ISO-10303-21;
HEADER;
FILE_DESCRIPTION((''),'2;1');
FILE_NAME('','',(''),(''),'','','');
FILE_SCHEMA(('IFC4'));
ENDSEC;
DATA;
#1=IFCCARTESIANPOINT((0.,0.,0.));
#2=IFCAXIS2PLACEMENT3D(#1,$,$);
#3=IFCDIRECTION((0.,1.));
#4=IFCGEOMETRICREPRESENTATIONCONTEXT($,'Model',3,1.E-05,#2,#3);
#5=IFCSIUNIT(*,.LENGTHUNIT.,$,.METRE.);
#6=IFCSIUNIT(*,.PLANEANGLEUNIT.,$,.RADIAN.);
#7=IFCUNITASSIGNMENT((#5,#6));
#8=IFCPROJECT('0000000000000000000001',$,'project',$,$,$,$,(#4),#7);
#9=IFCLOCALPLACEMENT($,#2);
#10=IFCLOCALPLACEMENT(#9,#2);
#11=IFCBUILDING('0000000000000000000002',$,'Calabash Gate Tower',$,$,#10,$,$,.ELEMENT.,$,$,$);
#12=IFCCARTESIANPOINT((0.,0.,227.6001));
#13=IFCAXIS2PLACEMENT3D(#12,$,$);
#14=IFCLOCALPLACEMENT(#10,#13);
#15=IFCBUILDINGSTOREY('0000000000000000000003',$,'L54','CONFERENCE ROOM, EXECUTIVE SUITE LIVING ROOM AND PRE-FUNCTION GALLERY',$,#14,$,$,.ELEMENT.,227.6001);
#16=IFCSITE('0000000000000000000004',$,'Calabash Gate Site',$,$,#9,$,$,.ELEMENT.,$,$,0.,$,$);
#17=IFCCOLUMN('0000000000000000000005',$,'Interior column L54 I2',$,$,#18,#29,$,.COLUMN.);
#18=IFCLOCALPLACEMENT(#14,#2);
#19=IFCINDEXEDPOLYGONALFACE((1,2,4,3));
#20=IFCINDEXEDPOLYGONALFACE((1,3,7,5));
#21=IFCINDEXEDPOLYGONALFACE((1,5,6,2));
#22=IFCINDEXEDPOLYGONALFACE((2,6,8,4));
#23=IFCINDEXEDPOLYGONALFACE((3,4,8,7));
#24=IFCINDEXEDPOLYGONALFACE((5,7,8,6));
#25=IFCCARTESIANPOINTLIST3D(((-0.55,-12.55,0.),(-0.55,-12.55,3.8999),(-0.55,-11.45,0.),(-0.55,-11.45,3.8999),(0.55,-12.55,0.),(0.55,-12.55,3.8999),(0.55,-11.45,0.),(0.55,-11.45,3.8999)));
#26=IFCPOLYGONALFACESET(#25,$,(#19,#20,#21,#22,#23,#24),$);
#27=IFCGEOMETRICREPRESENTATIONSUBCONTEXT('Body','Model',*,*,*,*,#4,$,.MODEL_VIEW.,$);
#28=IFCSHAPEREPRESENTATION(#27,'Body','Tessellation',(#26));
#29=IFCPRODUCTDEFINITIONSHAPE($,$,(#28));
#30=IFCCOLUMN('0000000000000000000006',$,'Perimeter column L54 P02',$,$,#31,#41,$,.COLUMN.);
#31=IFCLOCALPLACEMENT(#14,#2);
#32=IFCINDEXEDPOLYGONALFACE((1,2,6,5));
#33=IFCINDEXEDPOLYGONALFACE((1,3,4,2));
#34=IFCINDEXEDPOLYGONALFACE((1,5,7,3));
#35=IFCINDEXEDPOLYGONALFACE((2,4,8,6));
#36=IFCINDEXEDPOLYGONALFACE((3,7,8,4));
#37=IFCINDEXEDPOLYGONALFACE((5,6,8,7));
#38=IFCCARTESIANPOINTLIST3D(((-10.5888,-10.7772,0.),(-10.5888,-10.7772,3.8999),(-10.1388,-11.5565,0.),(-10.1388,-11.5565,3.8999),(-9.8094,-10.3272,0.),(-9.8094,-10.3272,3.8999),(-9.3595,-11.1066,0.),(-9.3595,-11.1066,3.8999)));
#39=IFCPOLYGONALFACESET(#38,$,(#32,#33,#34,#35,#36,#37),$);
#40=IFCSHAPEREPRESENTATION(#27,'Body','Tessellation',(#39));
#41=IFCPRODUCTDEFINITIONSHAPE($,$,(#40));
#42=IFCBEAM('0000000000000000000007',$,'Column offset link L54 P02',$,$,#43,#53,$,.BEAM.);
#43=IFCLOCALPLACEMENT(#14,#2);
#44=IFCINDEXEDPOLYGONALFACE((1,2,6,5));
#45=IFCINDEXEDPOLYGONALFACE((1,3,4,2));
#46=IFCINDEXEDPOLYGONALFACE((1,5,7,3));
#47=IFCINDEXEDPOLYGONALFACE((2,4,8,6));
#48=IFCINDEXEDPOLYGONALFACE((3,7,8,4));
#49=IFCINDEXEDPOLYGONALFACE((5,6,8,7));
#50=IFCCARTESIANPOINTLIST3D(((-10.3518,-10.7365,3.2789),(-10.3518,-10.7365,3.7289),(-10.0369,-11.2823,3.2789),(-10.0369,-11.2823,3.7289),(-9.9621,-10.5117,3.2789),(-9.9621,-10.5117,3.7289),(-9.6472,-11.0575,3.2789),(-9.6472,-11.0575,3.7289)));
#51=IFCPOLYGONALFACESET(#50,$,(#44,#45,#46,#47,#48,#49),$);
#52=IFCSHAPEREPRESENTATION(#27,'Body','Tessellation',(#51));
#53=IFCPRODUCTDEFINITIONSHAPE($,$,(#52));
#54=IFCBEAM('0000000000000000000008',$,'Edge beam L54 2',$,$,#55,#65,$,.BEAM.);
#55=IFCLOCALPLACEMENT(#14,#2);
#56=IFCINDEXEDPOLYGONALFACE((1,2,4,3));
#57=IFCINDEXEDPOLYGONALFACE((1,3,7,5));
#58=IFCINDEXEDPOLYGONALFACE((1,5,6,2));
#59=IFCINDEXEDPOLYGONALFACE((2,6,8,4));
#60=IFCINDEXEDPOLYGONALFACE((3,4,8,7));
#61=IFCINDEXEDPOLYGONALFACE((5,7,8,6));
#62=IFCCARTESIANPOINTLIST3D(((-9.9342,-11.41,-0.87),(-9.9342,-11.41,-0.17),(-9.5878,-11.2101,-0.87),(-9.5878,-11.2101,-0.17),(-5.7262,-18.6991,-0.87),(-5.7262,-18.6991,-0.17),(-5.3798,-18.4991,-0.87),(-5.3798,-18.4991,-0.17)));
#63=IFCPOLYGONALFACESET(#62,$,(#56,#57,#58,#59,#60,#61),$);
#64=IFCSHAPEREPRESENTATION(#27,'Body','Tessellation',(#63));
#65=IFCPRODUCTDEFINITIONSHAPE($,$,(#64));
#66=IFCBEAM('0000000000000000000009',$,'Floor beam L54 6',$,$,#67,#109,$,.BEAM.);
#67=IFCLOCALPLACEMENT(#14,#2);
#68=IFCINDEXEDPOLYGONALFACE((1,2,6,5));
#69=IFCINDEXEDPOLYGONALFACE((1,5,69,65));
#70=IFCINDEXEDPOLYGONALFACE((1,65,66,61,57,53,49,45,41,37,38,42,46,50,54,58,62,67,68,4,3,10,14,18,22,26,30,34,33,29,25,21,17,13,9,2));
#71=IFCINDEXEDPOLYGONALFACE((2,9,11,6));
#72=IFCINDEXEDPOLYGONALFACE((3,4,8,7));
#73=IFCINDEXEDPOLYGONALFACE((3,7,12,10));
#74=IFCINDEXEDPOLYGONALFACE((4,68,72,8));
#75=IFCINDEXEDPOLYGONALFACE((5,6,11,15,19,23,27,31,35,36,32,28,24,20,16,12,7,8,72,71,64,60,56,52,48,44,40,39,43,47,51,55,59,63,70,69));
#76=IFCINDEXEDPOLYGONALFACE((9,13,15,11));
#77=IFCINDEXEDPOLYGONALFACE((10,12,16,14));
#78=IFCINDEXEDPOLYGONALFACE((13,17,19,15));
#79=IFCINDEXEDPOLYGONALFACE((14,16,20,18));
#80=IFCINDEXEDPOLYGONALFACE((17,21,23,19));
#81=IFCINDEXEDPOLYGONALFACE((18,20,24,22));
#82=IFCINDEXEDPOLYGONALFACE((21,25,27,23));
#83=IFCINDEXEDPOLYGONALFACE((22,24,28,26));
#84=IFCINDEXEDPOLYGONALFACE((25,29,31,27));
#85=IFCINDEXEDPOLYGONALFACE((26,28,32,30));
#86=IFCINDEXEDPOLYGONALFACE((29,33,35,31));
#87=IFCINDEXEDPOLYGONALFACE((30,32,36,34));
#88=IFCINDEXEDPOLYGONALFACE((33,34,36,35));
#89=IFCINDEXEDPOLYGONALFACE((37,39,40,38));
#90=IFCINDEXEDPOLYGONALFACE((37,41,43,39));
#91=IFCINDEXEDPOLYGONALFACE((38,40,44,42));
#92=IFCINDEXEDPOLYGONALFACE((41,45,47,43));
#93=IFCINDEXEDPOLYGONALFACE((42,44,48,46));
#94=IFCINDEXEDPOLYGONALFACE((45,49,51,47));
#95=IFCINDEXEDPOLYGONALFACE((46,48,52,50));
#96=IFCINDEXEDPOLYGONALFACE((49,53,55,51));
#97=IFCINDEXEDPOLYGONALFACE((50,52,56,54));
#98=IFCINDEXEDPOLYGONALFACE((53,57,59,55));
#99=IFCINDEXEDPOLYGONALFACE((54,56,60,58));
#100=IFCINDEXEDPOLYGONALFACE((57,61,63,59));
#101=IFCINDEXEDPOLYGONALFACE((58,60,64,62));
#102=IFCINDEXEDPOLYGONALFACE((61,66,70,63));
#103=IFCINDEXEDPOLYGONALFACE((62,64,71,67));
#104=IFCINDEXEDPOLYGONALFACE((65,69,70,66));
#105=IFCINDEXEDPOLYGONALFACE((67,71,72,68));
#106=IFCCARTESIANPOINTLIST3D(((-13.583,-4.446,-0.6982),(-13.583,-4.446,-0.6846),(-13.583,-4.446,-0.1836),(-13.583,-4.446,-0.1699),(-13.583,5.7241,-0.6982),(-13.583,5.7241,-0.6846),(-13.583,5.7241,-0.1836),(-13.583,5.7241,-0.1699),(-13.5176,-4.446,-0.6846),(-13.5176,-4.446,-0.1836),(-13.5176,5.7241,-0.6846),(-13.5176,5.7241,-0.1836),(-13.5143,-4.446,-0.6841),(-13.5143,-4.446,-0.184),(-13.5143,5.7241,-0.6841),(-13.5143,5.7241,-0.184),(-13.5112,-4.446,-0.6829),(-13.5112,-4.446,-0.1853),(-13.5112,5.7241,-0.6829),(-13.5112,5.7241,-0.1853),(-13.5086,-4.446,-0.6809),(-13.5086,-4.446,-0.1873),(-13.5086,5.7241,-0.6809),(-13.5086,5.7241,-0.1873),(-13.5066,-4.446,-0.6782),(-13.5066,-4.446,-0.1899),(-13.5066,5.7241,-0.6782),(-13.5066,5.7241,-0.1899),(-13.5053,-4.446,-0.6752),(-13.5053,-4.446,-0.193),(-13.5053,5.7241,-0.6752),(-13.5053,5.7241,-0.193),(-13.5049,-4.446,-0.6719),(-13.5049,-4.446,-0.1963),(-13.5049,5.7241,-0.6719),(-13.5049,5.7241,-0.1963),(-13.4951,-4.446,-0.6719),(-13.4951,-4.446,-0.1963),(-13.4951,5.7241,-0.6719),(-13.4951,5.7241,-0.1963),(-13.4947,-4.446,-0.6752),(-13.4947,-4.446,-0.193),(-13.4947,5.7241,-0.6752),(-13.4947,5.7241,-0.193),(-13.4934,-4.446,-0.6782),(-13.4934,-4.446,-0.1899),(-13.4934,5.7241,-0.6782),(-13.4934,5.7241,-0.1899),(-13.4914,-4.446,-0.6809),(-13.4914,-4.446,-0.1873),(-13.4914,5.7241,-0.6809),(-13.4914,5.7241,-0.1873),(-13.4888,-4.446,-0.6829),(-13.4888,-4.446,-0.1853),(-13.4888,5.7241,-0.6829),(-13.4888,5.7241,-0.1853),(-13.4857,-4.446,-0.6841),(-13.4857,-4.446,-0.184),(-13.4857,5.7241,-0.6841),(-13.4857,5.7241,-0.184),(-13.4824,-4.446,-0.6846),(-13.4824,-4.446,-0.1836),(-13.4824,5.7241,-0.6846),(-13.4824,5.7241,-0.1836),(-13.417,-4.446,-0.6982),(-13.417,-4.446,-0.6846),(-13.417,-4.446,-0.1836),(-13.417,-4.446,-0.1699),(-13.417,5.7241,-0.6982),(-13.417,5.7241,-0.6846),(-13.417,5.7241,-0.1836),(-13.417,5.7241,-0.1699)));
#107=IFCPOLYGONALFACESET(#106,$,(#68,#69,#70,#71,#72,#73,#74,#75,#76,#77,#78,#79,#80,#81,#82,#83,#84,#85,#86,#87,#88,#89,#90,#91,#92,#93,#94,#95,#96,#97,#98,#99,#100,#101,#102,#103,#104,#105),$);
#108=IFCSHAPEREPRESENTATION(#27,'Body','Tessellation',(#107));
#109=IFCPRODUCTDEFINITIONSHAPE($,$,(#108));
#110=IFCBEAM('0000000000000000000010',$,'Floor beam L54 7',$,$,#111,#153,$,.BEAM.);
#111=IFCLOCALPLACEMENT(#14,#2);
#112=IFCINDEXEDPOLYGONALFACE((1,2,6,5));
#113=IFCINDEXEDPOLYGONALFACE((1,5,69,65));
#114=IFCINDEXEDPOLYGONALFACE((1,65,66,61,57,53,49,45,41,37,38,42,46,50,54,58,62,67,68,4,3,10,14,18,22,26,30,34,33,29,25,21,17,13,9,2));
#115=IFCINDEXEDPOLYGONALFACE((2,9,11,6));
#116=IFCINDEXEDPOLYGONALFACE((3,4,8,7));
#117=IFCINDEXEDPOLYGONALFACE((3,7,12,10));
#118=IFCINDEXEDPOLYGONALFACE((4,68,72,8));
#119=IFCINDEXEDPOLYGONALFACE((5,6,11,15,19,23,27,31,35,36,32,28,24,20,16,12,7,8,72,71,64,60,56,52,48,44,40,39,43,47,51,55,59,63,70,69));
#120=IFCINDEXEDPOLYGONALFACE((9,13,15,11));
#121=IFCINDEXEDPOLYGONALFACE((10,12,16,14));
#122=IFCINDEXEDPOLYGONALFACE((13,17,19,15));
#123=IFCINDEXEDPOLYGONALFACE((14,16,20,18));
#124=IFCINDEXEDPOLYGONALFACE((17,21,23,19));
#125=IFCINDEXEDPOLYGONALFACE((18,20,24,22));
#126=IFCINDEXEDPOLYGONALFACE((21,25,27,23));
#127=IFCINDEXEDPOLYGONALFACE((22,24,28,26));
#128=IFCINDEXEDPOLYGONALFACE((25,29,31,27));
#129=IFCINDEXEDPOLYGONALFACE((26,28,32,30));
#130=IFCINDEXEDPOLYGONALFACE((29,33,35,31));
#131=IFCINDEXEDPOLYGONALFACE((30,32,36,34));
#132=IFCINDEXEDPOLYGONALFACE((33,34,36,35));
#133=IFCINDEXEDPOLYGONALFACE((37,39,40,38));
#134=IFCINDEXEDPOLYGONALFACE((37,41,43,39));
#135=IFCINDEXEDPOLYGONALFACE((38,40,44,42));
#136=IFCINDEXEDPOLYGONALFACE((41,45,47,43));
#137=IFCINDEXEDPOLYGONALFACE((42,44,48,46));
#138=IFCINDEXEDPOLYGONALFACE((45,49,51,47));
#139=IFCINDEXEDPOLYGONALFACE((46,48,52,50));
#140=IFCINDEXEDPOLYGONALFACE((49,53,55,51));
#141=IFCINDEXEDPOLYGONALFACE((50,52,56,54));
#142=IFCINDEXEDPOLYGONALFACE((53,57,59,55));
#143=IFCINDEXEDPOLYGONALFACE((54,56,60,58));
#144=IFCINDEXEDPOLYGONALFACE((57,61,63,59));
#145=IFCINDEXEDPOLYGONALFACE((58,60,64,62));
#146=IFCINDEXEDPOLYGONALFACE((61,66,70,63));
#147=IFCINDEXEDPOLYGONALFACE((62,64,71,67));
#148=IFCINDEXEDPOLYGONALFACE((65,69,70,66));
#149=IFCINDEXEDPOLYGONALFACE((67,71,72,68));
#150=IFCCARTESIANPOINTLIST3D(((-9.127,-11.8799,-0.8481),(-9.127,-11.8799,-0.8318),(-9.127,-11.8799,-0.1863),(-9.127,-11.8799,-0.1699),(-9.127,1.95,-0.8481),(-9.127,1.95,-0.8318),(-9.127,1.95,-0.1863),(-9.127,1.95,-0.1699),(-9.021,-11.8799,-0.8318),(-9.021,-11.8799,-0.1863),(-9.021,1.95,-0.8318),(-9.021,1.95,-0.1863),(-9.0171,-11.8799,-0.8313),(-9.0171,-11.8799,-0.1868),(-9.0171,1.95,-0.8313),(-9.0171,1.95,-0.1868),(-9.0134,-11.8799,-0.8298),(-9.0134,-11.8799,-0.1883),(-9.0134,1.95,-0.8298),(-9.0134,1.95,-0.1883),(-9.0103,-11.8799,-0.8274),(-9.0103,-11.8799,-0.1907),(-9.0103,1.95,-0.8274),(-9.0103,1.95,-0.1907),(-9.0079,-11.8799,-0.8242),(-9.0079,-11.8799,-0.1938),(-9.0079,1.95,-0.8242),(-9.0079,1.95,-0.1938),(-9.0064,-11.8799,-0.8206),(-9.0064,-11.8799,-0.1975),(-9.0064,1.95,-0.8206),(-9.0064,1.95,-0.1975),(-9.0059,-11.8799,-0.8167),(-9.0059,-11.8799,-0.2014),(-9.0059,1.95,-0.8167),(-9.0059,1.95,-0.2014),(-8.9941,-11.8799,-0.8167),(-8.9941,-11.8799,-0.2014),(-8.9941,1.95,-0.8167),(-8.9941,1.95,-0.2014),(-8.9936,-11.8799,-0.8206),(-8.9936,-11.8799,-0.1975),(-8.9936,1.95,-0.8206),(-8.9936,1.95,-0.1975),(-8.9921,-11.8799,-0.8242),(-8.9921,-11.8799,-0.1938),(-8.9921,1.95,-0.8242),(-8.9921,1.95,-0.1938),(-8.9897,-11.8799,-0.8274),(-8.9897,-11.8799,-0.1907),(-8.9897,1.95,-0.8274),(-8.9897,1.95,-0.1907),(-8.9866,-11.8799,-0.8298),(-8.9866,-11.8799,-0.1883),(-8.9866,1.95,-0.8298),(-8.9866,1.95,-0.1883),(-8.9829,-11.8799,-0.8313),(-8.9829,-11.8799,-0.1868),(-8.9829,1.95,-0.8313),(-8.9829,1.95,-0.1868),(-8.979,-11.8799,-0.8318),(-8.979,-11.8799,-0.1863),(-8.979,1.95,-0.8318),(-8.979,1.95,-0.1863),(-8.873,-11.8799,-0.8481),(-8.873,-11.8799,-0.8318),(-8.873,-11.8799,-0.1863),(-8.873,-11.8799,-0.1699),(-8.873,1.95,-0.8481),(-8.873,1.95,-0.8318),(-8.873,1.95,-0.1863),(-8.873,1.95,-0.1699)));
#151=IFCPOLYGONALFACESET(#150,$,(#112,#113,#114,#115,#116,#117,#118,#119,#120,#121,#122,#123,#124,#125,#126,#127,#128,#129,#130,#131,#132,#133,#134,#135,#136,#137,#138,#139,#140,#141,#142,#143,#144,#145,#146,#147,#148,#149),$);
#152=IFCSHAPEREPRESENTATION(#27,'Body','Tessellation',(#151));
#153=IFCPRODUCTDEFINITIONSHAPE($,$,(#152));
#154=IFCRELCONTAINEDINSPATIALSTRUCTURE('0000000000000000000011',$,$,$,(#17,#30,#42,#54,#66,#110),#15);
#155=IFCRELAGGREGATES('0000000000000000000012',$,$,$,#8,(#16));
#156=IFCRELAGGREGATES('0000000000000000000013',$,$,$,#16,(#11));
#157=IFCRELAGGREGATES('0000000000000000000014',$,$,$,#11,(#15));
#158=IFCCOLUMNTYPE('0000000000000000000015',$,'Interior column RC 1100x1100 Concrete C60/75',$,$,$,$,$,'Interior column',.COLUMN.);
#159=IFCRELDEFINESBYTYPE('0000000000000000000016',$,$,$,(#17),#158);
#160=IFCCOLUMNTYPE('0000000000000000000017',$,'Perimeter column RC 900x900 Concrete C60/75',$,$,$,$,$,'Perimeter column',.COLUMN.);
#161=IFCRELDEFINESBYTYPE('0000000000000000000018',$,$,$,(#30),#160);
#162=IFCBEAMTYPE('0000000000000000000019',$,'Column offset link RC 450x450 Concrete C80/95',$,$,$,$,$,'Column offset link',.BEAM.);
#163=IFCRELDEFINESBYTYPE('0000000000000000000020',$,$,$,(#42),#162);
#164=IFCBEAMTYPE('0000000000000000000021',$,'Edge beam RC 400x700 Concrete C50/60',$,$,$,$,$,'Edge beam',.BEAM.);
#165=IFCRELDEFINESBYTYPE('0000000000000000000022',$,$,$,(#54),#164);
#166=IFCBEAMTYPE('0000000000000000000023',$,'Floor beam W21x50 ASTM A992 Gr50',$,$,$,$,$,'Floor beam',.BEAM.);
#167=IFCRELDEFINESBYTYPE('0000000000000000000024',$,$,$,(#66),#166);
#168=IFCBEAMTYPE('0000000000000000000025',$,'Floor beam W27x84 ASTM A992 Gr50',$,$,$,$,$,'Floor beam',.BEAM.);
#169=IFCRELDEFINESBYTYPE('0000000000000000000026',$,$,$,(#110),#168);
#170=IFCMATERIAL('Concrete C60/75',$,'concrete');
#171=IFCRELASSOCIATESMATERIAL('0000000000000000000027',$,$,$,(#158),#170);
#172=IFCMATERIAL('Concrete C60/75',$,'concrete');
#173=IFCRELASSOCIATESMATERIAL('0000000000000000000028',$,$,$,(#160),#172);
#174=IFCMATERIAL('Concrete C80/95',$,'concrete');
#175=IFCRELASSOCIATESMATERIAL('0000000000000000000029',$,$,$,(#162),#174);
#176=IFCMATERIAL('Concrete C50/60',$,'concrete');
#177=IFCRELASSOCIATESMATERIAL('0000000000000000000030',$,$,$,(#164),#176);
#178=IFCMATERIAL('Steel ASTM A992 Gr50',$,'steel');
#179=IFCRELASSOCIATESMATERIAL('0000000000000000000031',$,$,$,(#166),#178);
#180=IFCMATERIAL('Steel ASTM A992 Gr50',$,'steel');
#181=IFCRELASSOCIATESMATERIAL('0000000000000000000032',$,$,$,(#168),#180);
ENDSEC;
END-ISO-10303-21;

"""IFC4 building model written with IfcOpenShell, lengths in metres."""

from ifc_helpers import new_model, si_unit, direction, frame, origin, origin_2d, place, context, subcontext, project, spatial, rectangle, i_section, extrude, material, material_profile, profile_set, type_object, element, save


model = new_model("IFC4")

# Units and contexts
model_context = context("Model", 3, precision=1e-05, world=origin(), true_north=direction((0.0, 1.0)))
body_context = subcontext(model_context, "Body", "Model", "MODEL_VIEW")
ifc_project = project(units=[si_unit("LENGTHUNIT", "METRE"), si_unit("PLANEANGLEUNIT", "RADIAN")], contexts=[model_context])

# Site, building, storey
site_placement = place(None, origin())
site = spatial("IfcSite", under=ifc_project, at=site_placement, Name="Calabash Gate Site", CompositionType="ELEMENT", RefElevation=0.0)
building_placement = place(site_placement, origin())
building = spatial("IfcBuilding", under=site, at=building_placement, Name="Calabash Gate Tower", CompositionType="ELEMENT")
storey_placement = place(building_placement, frame((0.0, 0.0, 227.6001)))
storey = spatial("IfcBuildingStorey", under=building, at=storey_placement, Name="L54", Description="CONFERENCE ROOM, EXECUTIVE SUITE LIVING ROOM AND PRE-FUNCTION GALLERY", CompositionType="ELEMENT", Elevation=227.6001)

# Columns
ifc_material_1 = material(Name="Concrete C60/75", Category="concrete")
ifc_material_profile_1 = material_profile(ifc_material_1, rectangle(XDim=1.1001, YDim=1.1001, at=origin_2d()))
ifc_profile_set_1 = profile_set([ifc_material_profile_1], Name="Concrete C60/75")
column_type_1 = type_object("IfcColumnType", Name="Interior column RC 1100x1100 Concrete C60/75", ElementType="Interior column", PredefinedType="COLUMN", material=ifc_profile_set_1)
column_1_placement = place(storey_placement, frame((0.0, -12.0, 0.0), z_axis=(0.0, 0.0, 1.0), x_axis=(1.0, 0.0, 0.0)))
element("IfcColumn", 1, at=column_1_placement, inside=storey, type_object=column_type_1, Name="Interior column L54 I2", PredefinedType="COLUMN", context=body_context, shape_type="SweptSolid", body=[
    extrude(rectangle(XDim=1.1001, YDim=1.1001, at=origin_2d()), origin(), (0.0, 0.0, 1.0), 3.8999),
])
ifc_material_2 = material(Name="Concrete C60/75", Category="concrete")
ifc_material_profile_2 = material_profile(ifc_material_2, rectangle(XDim=0.8999, YDim=0.8999, at=origin_2d()))
ifc_profile_set_2 = profile_set([ifc_material_profile_2], Name="Concrete C60/75")
column_type_2 = type_object("IfcColumnType", Name="Perimeter column RC 900x900 Concrete C60/75", ElementType="Perimeter column", PredefinedType="COLUMN", material=ifc_profile_set_2)
column_2_placement = place(storey_placement, frame((-9.9741, -10.9419, 0.0), z_axis=(0.0, 0.0, 1.0), x_axis=(0.5, -0.866025, 0.0)))
element("IfcColumn", 2, at=column_2_placement, inside=storey, type_object=column_type_2, Name="Perimeter column L54 P02", PredefinedType="COLUMN", context=body_context, shape_type="SweptSolid", body=[
    extrude(rectangle(XDim=0.8999, YDim=0.8999, at=origin_2d()), origin(), (0.0, 0.0, 1.0), 3.8999),
])

# Beams
ifc_material_3 = material(Name="Concrete C80/95", Category="concrete")
ifc_material_profile_3 = material_profile(ifc_material_3, rectangle(XDim=0.45, YDim=0.45, at=origin_2d()))
ifc_profile_set_3 = profile_set([ifc_material_profile_3], Name="Concrete C80/95")
beam_type_1 = type_object("IfcBeamType", Name="Column offset link RC 450x450 Concrete C80/95", ElementType="Column offset link", PredefinedType="BEAM", material=ifc_profile_set_3)
beam_1_placement = place(storey_placement, frame((-9.842, -11.1699, 3.5039), z_axis=(-0.499722, 0.866186, 0.0), x_axis=(-0.866186, -0.499722, 0.0)))
element("IfcBeam", 3, at=beam_1_placement, inside=storey, type_object=beam_type_1, Name="Column offset link L54 P02", PredefinedType="BEAM", context=body_context, shape_type="SweptSolid", body=[
    extrude(rectangle(XDim=0.45, YDim=0.45, at=origin_2d()), origin(), (0.0, 0.0, 1.0), 0.6301),
])
ifc_material_4 = material(Name="Concrete C50/60", Category="concrete")
ifc_material_profile_4 = material_profile(ifc_material_4, rectangle(XDim=0.3999, YDim=0.7, at=origin_2d()))
ifc_profile_set_4 = profile_set([ifc_material_profile_4], Name="Concrete C50/60")
beam_type_2 = type_object("IfcBeamType", Name="Edge beam RC 400x700 Concrete C50/60", ElementType="Edge beam", PredefinedType="BEAM", material=ifc_profile_set_4)
beam_2_placement = place(storey_placement, frame((-9.761, -11.3101, -0.52), z_axis=(0.49997, -0.866043, 0.0), x_axis=(0.866043, 0.49997, 0.0)))
element("IfcBeam", 4, at=beam_2_placement, inside=storey, type_object=beam_type_2, Name="Edge beam L54 2", PredefinedType="BEAM", context=body_context, shape_type="SweptSolid", body=[
    extrude(rectangle(XDim=0.3999, YDim=0.7, at=origin_2d()), origin(), (0.0, 0.0, 1.0), 8.4165),
])
ifc_material_5 = material(Name="Steel ASTM A992 Gr50", Category="steel")
ifc_material_profile_5 = material_profile(ifc_material_5, i_section(OverallWidth=0.166, OverallDepth=0.5283, WebThickness=0.0098, FlangeThickness=0.0137, FilletRadius=0.0127, at=origin_2d()))
ifc_profile_set_5 = profile_set([ifc_material_profile_5], Name="Steel ASTM A992 Gr50")
beam_type_3 = type_object("IfcBeamType", Name="Floor beam W21x50 ASTM A992 Gr50", ElementType="Floor beam", PredefinedType="BEAM", material=ifc_profile_set_5)
beam_3_placement = place(storey_placement, frame((-13.5, -4.446, -0.4341), z_axis=(0.0, 1.0, 0.0), x_axis=(-1.0, 0.0, 0.0)))
element("IfcBeam", 5, at=beam_3_placement, inside=storey, type_object=beam_type_3, Name="Floor beam L54 6", PredefinedType="BEAM", context=body_context, shape_type="SweptSolid", body=[
    extrude(i_section(OverallWidth=0.166, OverallDepth=0.5283, WebThickness=0.0098, FlangeThickness=0.0137, FilletRadius=0.0127, at=origin_2d()), origin(), (0.0, 0.0, 1.0), 10.1702),
])
ifc_material_6 = material(Name="Steel ASTM A992 Gr50", Category="steel")
ifc_material_profile_6 = material_profile(ifc_material_6, i_section(OverallWidth=0.2539, OverallDepth=0.6782, WebThickness=0.0117, FlangeThickness=0.0164, FilletRadius=0.0151, at=origin_2d()))
ifc_profile_set_6 = profile_set([ifc_material_profile_6], Name="Steel ASTM A992 Gr50")
beam_type_4 = type_object("IfcBeamType", Name="Floor beam W27x84 ASTM A992 Gr50", ElementType="Floor beam", PredefinedType="BEAM", material=ifc_profile_set_6)
beam_4_placement = place(storey_placement, frame((-9.0, -11.8799, -0.509), z_axis=(0.0, 1.0, 0.0), x_axis=(-1.0, 0.0, 0.0)))
element("IfcBeam", 6, at=beam_4_placement, inside=storey, type_object=beam_type_4, Name="Floor beam L54 7", PredefinedType="BEAM", context=body_context, shape_type="SweptSolid", body=[
    extrude(i_section(OverallWidth=0.2539, OverallDepth=0.6782, WebThickness=0.0117, FlangeThickness=0.0164, FilletRadius=0.0151, at=origin_2d()), origin(), (0.0, 0.0, 1.0), 13.8298),
])

save(model, "model.ifc")
